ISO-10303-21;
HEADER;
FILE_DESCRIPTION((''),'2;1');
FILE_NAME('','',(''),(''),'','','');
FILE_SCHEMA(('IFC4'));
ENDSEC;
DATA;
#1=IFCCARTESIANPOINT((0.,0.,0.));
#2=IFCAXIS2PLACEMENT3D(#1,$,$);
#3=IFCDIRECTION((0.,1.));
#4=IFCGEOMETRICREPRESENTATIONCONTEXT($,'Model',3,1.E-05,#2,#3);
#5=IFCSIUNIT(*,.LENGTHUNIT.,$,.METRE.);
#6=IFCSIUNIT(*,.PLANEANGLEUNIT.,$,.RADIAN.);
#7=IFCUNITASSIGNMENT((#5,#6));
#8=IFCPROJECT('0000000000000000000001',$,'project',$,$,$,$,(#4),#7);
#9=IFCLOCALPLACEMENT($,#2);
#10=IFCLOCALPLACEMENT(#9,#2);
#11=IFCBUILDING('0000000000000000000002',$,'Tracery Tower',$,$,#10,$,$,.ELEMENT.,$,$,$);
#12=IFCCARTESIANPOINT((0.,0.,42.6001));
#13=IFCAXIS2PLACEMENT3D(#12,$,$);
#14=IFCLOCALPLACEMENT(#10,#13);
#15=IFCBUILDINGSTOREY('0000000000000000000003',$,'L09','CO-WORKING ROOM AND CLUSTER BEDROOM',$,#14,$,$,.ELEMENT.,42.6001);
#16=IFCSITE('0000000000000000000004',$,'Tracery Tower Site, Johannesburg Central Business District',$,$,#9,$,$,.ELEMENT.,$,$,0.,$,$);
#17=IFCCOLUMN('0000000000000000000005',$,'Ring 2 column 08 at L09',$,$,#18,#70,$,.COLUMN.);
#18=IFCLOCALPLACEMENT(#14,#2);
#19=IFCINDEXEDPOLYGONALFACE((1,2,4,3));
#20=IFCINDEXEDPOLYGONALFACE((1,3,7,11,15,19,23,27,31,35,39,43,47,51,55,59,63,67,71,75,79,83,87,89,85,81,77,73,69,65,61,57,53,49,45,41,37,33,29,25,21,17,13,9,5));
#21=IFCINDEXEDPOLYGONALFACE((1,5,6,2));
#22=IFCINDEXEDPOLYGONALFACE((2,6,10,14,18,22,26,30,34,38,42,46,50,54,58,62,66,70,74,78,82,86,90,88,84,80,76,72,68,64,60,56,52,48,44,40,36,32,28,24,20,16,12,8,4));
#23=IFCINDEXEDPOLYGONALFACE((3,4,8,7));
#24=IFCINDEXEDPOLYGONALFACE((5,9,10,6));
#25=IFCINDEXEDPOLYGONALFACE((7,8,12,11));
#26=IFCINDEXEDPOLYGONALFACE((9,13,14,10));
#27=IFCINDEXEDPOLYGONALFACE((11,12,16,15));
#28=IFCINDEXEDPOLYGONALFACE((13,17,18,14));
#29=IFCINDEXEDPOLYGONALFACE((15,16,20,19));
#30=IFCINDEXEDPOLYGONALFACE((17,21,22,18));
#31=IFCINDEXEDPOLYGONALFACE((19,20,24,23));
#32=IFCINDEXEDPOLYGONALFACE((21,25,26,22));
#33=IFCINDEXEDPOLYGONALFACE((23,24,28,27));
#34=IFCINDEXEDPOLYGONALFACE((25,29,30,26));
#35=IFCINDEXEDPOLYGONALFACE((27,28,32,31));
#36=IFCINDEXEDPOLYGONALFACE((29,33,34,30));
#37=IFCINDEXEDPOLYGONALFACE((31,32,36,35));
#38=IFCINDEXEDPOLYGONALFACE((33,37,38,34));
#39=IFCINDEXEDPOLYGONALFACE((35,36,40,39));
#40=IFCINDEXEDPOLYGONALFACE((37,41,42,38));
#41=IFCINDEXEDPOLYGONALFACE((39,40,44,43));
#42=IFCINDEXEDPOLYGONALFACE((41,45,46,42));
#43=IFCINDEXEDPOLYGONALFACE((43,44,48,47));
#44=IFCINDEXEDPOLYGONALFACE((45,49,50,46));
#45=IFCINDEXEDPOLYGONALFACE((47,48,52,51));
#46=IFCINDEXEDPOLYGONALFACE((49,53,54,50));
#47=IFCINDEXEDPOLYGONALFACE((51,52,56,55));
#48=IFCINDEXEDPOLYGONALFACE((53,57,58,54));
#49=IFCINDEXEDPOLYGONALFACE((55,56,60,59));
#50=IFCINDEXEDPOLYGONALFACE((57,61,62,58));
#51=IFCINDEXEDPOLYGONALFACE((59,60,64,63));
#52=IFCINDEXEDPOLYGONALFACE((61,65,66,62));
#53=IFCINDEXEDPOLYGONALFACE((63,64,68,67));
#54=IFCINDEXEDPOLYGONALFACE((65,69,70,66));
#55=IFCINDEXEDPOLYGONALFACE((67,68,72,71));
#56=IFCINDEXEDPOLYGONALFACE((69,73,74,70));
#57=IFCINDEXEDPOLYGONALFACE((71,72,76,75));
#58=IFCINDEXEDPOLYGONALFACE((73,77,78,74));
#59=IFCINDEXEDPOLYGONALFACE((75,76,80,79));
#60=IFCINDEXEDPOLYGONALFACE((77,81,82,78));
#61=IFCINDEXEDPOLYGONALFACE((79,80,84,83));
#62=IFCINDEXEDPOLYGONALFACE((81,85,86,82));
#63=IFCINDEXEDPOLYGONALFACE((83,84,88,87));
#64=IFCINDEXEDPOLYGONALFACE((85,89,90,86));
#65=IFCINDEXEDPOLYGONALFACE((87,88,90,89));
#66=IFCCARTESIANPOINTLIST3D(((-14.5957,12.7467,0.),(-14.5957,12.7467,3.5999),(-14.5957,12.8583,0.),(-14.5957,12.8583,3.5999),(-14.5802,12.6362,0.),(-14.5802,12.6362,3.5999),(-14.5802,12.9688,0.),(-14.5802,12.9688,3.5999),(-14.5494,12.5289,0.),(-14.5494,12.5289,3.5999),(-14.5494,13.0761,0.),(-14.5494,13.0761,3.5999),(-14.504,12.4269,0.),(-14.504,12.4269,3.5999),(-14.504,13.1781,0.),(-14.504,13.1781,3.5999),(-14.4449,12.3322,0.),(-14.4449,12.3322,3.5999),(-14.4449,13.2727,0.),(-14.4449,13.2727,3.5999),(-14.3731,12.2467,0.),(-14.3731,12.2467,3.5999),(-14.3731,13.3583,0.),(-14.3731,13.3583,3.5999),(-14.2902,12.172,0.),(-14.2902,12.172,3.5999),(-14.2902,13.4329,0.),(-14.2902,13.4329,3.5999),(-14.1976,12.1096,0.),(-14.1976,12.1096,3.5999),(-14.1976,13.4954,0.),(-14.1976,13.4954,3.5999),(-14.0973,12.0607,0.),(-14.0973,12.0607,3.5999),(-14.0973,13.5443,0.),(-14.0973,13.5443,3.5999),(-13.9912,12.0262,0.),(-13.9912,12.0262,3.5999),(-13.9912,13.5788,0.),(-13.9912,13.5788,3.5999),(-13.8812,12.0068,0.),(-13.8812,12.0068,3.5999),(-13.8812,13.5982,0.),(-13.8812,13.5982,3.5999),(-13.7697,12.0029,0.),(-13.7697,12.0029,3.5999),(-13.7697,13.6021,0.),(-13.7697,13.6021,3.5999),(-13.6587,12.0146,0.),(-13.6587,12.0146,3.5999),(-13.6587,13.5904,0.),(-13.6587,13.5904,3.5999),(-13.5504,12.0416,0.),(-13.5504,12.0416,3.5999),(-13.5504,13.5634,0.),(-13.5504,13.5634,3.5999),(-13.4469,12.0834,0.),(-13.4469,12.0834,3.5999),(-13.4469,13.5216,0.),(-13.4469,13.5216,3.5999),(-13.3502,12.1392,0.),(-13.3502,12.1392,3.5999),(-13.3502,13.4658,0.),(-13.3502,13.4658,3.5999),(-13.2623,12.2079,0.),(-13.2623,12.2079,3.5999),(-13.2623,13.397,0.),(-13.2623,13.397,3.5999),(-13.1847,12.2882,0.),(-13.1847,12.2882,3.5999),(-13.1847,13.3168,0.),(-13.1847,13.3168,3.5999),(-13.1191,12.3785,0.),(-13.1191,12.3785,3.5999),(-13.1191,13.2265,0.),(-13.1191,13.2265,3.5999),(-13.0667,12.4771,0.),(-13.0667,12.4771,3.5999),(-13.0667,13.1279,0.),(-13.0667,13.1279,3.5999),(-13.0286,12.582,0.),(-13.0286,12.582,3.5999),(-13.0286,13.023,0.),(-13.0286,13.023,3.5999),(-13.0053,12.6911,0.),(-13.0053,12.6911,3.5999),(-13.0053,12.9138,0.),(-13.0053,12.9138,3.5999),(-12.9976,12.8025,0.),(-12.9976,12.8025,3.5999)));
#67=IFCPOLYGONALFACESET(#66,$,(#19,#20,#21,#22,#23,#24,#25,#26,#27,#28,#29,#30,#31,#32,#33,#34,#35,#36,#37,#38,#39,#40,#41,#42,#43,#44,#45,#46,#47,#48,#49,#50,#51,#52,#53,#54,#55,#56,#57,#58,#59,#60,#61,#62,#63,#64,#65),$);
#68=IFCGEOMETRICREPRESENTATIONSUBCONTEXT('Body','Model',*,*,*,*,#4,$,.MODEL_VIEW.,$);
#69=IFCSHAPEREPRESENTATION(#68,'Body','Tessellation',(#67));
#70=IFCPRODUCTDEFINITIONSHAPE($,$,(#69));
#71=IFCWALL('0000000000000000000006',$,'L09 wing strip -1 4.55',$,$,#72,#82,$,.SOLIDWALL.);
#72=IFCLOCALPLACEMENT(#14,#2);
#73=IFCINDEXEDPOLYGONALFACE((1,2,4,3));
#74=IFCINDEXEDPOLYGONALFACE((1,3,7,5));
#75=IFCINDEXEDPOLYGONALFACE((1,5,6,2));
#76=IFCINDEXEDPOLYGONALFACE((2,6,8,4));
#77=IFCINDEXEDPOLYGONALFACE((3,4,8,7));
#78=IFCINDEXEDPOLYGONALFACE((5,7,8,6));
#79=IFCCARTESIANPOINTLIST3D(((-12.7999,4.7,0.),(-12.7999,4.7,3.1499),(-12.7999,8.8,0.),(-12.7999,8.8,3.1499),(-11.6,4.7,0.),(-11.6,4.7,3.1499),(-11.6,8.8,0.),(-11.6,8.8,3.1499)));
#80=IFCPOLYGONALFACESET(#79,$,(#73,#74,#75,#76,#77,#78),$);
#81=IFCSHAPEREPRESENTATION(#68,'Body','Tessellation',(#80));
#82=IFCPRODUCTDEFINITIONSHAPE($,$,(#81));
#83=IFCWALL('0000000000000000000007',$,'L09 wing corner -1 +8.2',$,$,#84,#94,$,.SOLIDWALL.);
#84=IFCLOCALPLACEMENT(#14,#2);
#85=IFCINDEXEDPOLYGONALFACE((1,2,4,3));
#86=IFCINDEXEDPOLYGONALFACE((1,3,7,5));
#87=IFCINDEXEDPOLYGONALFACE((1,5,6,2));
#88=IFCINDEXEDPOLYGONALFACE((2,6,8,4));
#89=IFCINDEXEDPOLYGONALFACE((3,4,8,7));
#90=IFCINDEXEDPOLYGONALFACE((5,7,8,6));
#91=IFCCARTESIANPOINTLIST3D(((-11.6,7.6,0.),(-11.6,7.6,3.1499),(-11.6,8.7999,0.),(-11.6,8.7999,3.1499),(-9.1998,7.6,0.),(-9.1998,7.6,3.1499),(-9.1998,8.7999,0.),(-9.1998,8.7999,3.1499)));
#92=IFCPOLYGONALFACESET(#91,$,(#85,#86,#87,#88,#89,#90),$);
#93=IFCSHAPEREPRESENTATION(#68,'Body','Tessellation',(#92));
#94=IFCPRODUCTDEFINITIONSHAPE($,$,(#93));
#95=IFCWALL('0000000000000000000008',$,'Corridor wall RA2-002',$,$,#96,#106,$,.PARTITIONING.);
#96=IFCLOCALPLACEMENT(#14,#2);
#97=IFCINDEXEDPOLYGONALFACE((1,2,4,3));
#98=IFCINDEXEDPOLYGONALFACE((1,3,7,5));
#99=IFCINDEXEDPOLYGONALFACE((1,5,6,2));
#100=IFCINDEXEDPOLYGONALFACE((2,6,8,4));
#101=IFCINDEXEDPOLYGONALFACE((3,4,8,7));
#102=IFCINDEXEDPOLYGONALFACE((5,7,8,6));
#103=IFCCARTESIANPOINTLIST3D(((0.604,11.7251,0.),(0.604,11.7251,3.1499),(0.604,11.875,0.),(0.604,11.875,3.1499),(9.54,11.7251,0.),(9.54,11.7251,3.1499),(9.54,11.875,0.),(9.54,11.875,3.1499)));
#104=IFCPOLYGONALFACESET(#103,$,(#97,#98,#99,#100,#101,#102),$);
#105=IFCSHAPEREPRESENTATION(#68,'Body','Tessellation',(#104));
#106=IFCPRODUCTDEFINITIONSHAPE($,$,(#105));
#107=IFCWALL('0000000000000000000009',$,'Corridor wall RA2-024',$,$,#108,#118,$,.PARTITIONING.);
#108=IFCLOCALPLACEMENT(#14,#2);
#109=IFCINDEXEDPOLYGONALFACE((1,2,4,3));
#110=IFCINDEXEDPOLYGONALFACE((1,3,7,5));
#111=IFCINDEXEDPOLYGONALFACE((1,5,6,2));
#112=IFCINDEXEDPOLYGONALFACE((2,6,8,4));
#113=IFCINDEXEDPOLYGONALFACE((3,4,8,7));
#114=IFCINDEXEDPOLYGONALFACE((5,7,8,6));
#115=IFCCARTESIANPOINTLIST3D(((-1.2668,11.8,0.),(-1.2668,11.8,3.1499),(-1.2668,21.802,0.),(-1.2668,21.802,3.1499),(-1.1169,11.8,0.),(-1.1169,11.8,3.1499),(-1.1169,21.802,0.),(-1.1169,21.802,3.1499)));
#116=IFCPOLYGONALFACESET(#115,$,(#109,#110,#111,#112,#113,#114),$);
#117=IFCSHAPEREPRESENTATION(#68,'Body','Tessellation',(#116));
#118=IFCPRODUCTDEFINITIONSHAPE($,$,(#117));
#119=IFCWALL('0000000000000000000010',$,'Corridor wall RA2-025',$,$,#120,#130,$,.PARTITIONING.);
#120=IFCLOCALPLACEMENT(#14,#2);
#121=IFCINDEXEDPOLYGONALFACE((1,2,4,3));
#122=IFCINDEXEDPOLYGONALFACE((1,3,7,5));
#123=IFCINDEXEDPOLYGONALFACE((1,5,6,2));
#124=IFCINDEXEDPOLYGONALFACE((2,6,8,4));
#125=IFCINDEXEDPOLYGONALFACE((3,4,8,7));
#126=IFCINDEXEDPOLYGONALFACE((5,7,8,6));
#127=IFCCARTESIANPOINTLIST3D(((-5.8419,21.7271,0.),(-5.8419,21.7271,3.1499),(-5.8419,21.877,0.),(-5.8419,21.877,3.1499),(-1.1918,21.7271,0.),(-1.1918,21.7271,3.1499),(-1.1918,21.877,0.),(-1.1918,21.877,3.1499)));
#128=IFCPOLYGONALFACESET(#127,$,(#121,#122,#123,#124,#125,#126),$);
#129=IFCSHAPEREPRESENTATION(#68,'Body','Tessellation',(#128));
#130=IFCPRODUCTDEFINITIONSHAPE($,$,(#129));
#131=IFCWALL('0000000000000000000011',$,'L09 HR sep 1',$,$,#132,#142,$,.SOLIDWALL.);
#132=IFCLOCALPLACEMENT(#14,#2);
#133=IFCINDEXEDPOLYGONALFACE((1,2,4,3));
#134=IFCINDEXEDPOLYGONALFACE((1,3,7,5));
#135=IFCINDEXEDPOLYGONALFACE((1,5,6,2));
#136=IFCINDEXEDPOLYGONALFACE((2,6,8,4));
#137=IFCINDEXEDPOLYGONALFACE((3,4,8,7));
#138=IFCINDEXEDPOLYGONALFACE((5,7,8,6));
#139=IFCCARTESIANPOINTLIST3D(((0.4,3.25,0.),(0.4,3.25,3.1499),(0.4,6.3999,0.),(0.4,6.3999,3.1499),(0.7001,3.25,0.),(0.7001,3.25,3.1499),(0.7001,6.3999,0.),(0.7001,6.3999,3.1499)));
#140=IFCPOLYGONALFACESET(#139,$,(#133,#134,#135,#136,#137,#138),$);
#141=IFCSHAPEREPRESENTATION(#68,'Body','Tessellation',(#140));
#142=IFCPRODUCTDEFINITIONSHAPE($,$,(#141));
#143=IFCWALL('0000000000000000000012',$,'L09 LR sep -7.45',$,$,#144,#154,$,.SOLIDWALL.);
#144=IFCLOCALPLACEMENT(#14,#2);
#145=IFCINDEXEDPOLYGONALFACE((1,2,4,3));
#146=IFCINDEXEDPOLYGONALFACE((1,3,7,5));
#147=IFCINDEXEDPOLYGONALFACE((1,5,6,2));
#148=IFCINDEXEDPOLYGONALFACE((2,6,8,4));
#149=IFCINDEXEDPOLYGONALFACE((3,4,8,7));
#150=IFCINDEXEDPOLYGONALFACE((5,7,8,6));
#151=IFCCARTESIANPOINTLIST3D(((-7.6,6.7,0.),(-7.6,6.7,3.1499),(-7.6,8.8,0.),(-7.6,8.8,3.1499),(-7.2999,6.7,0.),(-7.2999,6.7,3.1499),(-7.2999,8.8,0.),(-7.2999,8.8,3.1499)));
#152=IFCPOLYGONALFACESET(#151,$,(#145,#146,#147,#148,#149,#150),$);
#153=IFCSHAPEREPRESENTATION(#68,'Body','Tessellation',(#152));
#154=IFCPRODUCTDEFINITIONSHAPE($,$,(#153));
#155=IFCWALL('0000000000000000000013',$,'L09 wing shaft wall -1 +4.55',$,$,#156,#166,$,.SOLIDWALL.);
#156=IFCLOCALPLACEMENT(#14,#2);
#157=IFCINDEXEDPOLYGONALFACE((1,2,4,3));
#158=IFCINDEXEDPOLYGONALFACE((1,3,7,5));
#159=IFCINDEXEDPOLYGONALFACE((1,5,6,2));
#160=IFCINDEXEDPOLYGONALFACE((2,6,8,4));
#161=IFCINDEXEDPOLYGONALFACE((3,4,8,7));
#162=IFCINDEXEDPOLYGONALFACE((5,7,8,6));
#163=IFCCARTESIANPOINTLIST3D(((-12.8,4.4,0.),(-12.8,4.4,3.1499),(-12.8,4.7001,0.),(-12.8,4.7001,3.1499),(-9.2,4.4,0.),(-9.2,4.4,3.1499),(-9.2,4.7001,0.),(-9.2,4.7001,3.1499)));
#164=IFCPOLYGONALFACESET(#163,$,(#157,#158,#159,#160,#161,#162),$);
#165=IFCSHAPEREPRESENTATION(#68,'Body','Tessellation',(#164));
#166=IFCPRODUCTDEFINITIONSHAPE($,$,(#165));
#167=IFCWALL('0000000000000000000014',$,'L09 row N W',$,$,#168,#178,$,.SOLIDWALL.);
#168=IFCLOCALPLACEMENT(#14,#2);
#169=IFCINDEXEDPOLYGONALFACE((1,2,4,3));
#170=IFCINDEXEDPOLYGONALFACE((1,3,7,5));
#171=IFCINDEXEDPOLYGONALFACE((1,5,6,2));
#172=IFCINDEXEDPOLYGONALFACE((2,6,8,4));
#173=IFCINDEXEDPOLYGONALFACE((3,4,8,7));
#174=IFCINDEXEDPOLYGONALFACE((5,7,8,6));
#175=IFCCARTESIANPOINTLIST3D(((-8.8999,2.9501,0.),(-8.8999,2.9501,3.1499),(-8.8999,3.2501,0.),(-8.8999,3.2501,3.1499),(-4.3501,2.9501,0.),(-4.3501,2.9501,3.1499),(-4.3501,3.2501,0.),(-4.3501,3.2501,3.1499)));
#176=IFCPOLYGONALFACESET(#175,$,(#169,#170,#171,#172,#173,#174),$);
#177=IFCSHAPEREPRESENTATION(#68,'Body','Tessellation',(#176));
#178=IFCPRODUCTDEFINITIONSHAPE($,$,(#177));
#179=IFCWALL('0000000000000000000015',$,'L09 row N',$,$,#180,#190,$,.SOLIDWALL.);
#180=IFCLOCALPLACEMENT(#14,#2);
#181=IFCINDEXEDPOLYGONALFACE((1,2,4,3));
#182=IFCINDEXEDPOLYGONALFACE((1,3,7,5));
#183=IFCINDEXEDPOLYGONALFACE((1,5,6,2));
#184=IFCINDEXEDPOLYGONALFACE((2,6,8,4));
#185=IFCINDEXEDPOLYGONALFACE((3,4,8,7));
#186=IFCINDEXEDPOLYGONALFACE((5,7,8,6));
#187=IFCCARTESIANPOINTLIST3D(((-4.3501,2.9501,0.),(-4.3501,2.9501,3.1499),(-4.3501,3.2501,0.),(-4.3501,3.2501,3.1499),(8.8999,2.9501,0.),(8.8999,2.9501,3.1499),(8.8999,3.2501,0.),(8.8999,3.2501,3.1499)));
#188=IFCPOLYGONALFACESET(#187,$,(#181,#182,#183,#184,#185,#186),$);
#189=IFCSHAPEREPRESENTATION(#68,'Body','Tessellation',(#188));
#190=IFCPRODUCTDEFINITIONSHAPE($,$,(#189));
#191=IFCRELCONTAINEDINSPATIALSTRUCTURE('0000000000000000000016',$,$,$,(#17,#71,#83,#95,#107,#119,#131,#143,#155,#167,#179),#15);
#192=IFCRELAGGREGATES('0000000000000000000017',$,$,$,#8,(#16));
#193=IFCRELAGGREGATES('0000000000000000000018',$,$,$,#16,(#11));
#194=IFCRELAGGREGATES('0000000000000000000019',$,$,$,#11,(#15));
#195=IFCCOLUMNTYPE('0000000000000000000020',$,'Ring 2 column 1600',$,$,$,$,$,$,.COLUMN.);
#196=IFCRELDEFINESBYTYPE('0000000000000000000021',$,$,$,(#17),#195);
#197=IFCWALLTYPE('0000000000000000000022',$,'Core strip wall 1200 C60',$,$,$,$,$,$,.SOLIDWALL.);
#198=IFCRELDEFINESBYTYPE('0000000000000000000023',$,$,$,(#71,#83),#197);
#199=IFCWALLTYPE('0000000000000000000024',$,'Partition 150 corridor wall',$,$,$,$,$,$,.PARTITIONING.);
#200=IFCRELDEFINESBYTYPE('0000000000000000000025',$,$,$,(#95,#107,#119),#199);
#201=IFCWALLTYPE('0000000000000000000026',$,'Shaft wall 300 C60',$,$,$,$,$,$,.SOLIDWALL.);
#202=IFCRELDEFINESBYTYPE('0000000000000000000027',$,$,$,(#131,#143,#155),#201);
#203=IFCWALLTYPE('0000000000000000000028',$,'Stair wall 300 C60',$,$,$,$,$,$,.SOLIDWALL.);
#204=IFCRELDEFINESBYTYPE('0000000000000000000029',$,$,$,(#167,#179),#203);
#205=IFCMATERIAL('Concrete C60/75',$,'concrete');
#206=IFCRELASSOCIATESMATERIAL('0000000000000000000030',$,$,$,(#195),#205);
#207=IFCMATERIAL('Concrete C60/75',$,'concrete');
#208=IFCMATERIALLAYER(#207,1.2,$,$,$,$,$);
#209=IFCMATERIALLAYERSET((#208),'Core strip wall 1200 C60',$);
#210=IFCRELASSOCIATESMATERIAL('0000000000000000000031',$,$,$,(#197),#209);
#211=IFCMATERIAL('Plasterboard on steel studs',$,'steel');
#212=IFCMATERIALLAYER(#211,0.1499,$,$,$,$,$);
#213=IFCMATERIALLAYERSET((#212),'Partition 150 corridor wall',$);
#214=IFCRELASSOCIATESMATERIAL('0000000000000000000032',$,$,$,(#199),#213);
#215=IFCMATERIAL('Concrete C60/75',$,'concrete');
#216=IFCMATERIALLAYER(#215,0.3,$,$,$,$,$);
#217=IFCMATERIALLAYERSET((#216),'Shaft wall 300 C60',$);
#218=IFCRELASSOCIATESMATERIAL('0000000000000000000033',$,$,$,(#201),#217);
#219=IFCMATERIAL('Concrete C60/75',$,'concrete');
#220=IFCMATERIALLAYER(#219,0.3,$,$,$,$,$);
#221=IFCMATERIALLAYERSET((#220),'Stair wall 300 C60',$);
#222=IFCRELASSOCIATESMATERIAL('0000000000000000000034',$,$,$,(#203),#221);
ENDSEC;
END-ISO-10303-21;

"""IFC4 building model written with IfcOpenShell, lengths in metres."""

from ifc_helpers import new_model, si_unit, direction, frame, frame_2d, origin, origin_2d, place, context, subcontext, project, spatial, rectangle, circle, extrude, material, layer, layer_set, material_profile, profile_set, type_object, element, save


model = new_model("IFC4")

# Units and contexts
model_context = context("Model", 3, precision=1e-05, world=origin(), true_north=direction((0.0, 1.0)))
body_context = subcontext(model_context, "Body", "Model", "MODEL_VIEW")
ifc_project = project(units=[si_unit("LENGTHUNIT", "METRE"), si_unit("PLANEANGLEUNIT", "RADIAN")], contexts=[model_context])

# Site, building, storey
site_placement = place(None, origin())
site = spatial("IfcSite", under=ifc_project, at=site_placement, Name="Tracery Tower Site, Johannesburg Central Business District", CompositionType="ELEMENT", RefElevation=0.0)
building_placement = place(site_placement, origin())
building = spatial("IfcBuilding", under=site, at=building_placement, Name="Tracery Tower", CompositionType="ELEMENT")
storey_placement = place(building_placement, frame((0.0, 0.0, 42.6001)))
storey = spatial("IfcBuildingStorey", under=building, at=storey_placement, Name="L09", Description="CO-WORKING ROOM AND CLUSTER BEDROOM", CompositionType="ELEMENT", Elevation=42.6001)

# Column
ifc_material_1 = material(Name="Concrete C60/75", Category="concrete")
ifc_material_profile_1 = material_profile(ifc_material_1, circle(Radius=0.8, at=origin_2d()), Name="RC D1600")
ifc_profile_set_1 = profile_set([ifc_material_profile_1], Name="Concrete C60/75")
column_type_1 = type_object("IfcColumnType", Name="Ring 2 column 1600", PredefinedType="COLUMN", material=ifc_profile_set_1)
for number, where, z_axis, x_axis, name in (
    (1, (-13.7976, 12.8025, 0.0), (0.0, 0.0, 1.0), (1.0, 0.0, 0.0), "Ring 2 column 08 at L09"),
):
    element("IfcColumn", number, at=place(storey_placement, frame(where, z_axis=z_axis, x_axis=x_axis)), inside=storey, type_object=column_type_1, Name=name, PredefinedType="COLUMN", context=body_context, shape_type="SweptSolid", body=[
        extrude(circle(Radius=0.8, at=origin_2d()), origin(), (0.0, 0.0, 1.0), 3.5999),
    ])

# Walls
ifc_material_2 = material(Name="Concrete C60/75", Category="concrete")
ifc_layer_1 = layer(ifc_material_2, 1.2)
ifc_layer_set_1 = layer_set([ifc_layer_1], Name="Core strip wall 1200 C60")
wall_type_1 = type_object("IfcWallType", Name="Core strip wall 1200 C60", PredefinedType="SOLIDWALL", material=ifc_layer_set_1)
wall_1_placement = place(storey_placement, frame((-12.2, 4.7, 0.0), z_axis=(0.0, 0.0, 1.0), x_axis=(0.0, 1.0, 0.0)))
element("IfcWall", 2, at=wall_1_placement, inside=storey, type_object=wall_type_1, Name="L09 wing strip -1 4.55", PredefinedType="SOLIDWALL", context=body_context, shape_type="SweptSolid", body=[
    extrude(rectangle(XDim=4.1001, YDim=1.2, at=frame_2d((2.05, 0.0))), origin(), (0.0, 0.0, 1.0), 3.1499),
])
wall_2_placement = place(storey_placement, frame((-11.6001, 8.2, 0.0), z_axis=(0.0, 0.0, 1.0), x_axis=(1.0, 0.0, 0.0)))
element("IfcWall", 3, at=wall_2_placement, inside=storey, type_object=wall_type_1, Name="L09 wing corner -1 +8.2", PredefinedType="SOLIDWALL", context=body_context, shape_type="SweptSolid", body=[
    extrude(rectangle(XDim=2.4001, YDim=1.2, at=frame_2d((1.2002, 0.0))), origin(), (0.0, 0.0, 1.0), 3.1499),
])
ifc_material_3 = material(Name="Plasterboard on steel studs", Category="steel")
ifc_layer_2 = layer(ifc_material_3, 0.1499)
ifc_layer_set_2 = layer_set([ifc_layer_2], Name="Partition 150 corridor wall")
wall_type_2 = type_object("IfcWallType", Name="Partition 150 corridor wall", PredefinedType="PARTITIONING", material=ifc_layer_set_2)
wall_3_placement = place(storey_placement, frame((0.604, 11.8, 0.0), z_axis=(0.0, 0.0, 1.0), x_axis=(1.0, 0.0, 0.0)))
element("IfcWall", 4, at=wall_3_placement, inside=storey, type_object=wall_type_2, Name="Corridor wall RA2-002", PredefinedType="PARTITIONING", context=body_context, shape_type="SweptSolid", body=[
    extrude(rectangle(XDim=8.936, YDim=0.1499, at=frame_2d((4.468, 0.0))), origin(), (0.0, 0.0, 1.0), 3.1499),
])
wall_4_placement = place(storey_placement, frame((-1.1919, 11.8, 0.0), z_axis=(0.0, 0.0, 1.0), x_axis=(0.0, 1.0, 0.0)))
element("IfcWall", 5, at=wall_4_placement, inside=storey, type_object=wall_type_2, Name="Corridor wall RA2-024", PredefinedType="PARTITIONING", context=body_context, shape_type="SweptSolid", body=[
    extrude(rectangle(XDim=10.002, YDim=0.1499, at=frame_2d((5.001, 0.0))), origin(), (0.0, 0.0, 1.0), 3.1499),
])
wall_5_placement = place(storey_placement, frame((-5.842, 21.802, 0.0), z_axis=(0.0, 0.0, 1.0), x_axis=(1.0, 0.0, 0.0)))
element("IfcWall", 6, at=wall_5_placement, inside=storey, type_object=wall_type_2, Name="Corridor wall RA2-025", PredefinedType="PARTITIONING", context=body_context, shape_type="SweptSolid", body=[
    extrude(rectangle(XDim=4.6501, YDim=0.1499, at=frame_2d((2.3252, 0.0))), origin(), (0.0, 0.0, 1.0), 3.1499),
])
ifc_material_4 = material(Name="Concrete C60/75", Category="concrete")
ifc_layer_3 = layer(ifc_material_4, 0.3)
ifc_layer_set_3 = layer_set([ifc_layer_3], Name="Shaft wall 300 C60")
wall_type_3 = type_object("IfcWallType", Name="Shaft wall 300 C60", PredefinedType="SOLIDWALL", material=ifc_layer_set_3)
wall_6_placement = place(storey_placement, frame((0.55, 3.25, 0.0), z_axis=(0.0, 0.0, 1.0), x_axis=(0.0, 1.0, 0.0)))
element("IfcWall", 7, at=wall_6_placement, inside=storey, type_object=wall_type_3, Name="L09 HR sep 1", PredefinedType="SOLIDWALL", context=body_context, shape_type="SweptSolid", body=[
    extrude(rectangle(XDim=3.1499, YDim=0.3, at=frame_2d((1.575, 0.0))), origin(), (0.0, 0.0, 1.0), 3.1499),
])
wall_7_placement = place(storey_placement, frame((-7.45, 6.7, 0.0), z_axis=(0.0, 0.0, 1.0), x_axis=(0.0, 1.0, 0.0)))
element("IfcWall", 8, at=wall_7_placement, inside=storey, type_object=wall_type_3, Name="L09 LR sep -7.45", PredefinedType="SOLIDWALL", context=body_context, shape_type="SweptSolid", body=[
    extrude(rectangle(XDim=2.1001, YDim=0.3, at=frame_2d((1.05, 0.0))), origin(), (0.0, 0.0, 1.0), 3.1499),
])

# Walls
wall_8_placement = place(storey_placement, frame((-12.8, 4.55, 0.0), z_axis=(0.0, 0.0, 1.0), x_axis=(1.0, 0.0, 0.0)))
element("IfcWall", 9, at=wall_8_placement, inside=storey, type_object=wall_type_3, Name="L09 wing shaft wall -1 +4.55", PredefinedType="SOLIDWALL", context=body_context, shape_type="SweptSolid", body=[
    extrude(rectangle(XDim=3.6001, YDim=0.3, at=frame_2d((1.8, 0.0))), origin(), (0.0, 0.0, 1.0), 3.1499),
])
ifc_material_5 = material(Name="Concrete C60/75", Category="concrete")
ifc_layer_4 = layer(ifc_material_5, 0.3)
ifc_layer_set_4 = layer_set([ifc_layer_4], Name="Stair wall 300 C60")
wall_type_4 = type_object("IfcWallType", Name="Stair wall 300 C60", PredefinedType="SOLIDWALL", material=ifc_layer_set_4)
wall_9_placement = place(storey_placement, frame((-8.8999, 3.1001, 0.0), z_axis=(0.0, 0.0, 1.0), x_axis=(1.0, 0.0, 0.0)))
element("IfcWall", 10, at=wall_9_placement, inside=storey, type_object=wall_type_4, Name="L09 row N W", PredefinedType="SOLIDWALL", context=body_context, shape_type="SweptSolid", body=[
    extrude(rectangle(XDim=4.5498, YDim=0.3, at=frame_2d((2.2749, 0.0))), origin(), (0.0, 0.0, 1.0), 3.1499),
])
wall_10_placement = place(storey_placement, frame((-4.3501, 3.1001, 0.0), z_axis=(0.0, 0.0, 1.0), x_axis=(1.0, 0.0, 0.0)))
element("IfcWall", 11, at=wall_10_placement, inside=storey, type_object=wall_type_4, Name="L09 row N", PredefinedType="SOLIDWALL", context=body_context, shape_type="SweptSolid", body=[
    extrude(rectangle(XDim=13.25, YDim=0.3, at=frame_2d((6.625, 0.0))), origin(), (0.0, 0.0, 1.0), 3.1499),
])

save(model, "model.ifc")
